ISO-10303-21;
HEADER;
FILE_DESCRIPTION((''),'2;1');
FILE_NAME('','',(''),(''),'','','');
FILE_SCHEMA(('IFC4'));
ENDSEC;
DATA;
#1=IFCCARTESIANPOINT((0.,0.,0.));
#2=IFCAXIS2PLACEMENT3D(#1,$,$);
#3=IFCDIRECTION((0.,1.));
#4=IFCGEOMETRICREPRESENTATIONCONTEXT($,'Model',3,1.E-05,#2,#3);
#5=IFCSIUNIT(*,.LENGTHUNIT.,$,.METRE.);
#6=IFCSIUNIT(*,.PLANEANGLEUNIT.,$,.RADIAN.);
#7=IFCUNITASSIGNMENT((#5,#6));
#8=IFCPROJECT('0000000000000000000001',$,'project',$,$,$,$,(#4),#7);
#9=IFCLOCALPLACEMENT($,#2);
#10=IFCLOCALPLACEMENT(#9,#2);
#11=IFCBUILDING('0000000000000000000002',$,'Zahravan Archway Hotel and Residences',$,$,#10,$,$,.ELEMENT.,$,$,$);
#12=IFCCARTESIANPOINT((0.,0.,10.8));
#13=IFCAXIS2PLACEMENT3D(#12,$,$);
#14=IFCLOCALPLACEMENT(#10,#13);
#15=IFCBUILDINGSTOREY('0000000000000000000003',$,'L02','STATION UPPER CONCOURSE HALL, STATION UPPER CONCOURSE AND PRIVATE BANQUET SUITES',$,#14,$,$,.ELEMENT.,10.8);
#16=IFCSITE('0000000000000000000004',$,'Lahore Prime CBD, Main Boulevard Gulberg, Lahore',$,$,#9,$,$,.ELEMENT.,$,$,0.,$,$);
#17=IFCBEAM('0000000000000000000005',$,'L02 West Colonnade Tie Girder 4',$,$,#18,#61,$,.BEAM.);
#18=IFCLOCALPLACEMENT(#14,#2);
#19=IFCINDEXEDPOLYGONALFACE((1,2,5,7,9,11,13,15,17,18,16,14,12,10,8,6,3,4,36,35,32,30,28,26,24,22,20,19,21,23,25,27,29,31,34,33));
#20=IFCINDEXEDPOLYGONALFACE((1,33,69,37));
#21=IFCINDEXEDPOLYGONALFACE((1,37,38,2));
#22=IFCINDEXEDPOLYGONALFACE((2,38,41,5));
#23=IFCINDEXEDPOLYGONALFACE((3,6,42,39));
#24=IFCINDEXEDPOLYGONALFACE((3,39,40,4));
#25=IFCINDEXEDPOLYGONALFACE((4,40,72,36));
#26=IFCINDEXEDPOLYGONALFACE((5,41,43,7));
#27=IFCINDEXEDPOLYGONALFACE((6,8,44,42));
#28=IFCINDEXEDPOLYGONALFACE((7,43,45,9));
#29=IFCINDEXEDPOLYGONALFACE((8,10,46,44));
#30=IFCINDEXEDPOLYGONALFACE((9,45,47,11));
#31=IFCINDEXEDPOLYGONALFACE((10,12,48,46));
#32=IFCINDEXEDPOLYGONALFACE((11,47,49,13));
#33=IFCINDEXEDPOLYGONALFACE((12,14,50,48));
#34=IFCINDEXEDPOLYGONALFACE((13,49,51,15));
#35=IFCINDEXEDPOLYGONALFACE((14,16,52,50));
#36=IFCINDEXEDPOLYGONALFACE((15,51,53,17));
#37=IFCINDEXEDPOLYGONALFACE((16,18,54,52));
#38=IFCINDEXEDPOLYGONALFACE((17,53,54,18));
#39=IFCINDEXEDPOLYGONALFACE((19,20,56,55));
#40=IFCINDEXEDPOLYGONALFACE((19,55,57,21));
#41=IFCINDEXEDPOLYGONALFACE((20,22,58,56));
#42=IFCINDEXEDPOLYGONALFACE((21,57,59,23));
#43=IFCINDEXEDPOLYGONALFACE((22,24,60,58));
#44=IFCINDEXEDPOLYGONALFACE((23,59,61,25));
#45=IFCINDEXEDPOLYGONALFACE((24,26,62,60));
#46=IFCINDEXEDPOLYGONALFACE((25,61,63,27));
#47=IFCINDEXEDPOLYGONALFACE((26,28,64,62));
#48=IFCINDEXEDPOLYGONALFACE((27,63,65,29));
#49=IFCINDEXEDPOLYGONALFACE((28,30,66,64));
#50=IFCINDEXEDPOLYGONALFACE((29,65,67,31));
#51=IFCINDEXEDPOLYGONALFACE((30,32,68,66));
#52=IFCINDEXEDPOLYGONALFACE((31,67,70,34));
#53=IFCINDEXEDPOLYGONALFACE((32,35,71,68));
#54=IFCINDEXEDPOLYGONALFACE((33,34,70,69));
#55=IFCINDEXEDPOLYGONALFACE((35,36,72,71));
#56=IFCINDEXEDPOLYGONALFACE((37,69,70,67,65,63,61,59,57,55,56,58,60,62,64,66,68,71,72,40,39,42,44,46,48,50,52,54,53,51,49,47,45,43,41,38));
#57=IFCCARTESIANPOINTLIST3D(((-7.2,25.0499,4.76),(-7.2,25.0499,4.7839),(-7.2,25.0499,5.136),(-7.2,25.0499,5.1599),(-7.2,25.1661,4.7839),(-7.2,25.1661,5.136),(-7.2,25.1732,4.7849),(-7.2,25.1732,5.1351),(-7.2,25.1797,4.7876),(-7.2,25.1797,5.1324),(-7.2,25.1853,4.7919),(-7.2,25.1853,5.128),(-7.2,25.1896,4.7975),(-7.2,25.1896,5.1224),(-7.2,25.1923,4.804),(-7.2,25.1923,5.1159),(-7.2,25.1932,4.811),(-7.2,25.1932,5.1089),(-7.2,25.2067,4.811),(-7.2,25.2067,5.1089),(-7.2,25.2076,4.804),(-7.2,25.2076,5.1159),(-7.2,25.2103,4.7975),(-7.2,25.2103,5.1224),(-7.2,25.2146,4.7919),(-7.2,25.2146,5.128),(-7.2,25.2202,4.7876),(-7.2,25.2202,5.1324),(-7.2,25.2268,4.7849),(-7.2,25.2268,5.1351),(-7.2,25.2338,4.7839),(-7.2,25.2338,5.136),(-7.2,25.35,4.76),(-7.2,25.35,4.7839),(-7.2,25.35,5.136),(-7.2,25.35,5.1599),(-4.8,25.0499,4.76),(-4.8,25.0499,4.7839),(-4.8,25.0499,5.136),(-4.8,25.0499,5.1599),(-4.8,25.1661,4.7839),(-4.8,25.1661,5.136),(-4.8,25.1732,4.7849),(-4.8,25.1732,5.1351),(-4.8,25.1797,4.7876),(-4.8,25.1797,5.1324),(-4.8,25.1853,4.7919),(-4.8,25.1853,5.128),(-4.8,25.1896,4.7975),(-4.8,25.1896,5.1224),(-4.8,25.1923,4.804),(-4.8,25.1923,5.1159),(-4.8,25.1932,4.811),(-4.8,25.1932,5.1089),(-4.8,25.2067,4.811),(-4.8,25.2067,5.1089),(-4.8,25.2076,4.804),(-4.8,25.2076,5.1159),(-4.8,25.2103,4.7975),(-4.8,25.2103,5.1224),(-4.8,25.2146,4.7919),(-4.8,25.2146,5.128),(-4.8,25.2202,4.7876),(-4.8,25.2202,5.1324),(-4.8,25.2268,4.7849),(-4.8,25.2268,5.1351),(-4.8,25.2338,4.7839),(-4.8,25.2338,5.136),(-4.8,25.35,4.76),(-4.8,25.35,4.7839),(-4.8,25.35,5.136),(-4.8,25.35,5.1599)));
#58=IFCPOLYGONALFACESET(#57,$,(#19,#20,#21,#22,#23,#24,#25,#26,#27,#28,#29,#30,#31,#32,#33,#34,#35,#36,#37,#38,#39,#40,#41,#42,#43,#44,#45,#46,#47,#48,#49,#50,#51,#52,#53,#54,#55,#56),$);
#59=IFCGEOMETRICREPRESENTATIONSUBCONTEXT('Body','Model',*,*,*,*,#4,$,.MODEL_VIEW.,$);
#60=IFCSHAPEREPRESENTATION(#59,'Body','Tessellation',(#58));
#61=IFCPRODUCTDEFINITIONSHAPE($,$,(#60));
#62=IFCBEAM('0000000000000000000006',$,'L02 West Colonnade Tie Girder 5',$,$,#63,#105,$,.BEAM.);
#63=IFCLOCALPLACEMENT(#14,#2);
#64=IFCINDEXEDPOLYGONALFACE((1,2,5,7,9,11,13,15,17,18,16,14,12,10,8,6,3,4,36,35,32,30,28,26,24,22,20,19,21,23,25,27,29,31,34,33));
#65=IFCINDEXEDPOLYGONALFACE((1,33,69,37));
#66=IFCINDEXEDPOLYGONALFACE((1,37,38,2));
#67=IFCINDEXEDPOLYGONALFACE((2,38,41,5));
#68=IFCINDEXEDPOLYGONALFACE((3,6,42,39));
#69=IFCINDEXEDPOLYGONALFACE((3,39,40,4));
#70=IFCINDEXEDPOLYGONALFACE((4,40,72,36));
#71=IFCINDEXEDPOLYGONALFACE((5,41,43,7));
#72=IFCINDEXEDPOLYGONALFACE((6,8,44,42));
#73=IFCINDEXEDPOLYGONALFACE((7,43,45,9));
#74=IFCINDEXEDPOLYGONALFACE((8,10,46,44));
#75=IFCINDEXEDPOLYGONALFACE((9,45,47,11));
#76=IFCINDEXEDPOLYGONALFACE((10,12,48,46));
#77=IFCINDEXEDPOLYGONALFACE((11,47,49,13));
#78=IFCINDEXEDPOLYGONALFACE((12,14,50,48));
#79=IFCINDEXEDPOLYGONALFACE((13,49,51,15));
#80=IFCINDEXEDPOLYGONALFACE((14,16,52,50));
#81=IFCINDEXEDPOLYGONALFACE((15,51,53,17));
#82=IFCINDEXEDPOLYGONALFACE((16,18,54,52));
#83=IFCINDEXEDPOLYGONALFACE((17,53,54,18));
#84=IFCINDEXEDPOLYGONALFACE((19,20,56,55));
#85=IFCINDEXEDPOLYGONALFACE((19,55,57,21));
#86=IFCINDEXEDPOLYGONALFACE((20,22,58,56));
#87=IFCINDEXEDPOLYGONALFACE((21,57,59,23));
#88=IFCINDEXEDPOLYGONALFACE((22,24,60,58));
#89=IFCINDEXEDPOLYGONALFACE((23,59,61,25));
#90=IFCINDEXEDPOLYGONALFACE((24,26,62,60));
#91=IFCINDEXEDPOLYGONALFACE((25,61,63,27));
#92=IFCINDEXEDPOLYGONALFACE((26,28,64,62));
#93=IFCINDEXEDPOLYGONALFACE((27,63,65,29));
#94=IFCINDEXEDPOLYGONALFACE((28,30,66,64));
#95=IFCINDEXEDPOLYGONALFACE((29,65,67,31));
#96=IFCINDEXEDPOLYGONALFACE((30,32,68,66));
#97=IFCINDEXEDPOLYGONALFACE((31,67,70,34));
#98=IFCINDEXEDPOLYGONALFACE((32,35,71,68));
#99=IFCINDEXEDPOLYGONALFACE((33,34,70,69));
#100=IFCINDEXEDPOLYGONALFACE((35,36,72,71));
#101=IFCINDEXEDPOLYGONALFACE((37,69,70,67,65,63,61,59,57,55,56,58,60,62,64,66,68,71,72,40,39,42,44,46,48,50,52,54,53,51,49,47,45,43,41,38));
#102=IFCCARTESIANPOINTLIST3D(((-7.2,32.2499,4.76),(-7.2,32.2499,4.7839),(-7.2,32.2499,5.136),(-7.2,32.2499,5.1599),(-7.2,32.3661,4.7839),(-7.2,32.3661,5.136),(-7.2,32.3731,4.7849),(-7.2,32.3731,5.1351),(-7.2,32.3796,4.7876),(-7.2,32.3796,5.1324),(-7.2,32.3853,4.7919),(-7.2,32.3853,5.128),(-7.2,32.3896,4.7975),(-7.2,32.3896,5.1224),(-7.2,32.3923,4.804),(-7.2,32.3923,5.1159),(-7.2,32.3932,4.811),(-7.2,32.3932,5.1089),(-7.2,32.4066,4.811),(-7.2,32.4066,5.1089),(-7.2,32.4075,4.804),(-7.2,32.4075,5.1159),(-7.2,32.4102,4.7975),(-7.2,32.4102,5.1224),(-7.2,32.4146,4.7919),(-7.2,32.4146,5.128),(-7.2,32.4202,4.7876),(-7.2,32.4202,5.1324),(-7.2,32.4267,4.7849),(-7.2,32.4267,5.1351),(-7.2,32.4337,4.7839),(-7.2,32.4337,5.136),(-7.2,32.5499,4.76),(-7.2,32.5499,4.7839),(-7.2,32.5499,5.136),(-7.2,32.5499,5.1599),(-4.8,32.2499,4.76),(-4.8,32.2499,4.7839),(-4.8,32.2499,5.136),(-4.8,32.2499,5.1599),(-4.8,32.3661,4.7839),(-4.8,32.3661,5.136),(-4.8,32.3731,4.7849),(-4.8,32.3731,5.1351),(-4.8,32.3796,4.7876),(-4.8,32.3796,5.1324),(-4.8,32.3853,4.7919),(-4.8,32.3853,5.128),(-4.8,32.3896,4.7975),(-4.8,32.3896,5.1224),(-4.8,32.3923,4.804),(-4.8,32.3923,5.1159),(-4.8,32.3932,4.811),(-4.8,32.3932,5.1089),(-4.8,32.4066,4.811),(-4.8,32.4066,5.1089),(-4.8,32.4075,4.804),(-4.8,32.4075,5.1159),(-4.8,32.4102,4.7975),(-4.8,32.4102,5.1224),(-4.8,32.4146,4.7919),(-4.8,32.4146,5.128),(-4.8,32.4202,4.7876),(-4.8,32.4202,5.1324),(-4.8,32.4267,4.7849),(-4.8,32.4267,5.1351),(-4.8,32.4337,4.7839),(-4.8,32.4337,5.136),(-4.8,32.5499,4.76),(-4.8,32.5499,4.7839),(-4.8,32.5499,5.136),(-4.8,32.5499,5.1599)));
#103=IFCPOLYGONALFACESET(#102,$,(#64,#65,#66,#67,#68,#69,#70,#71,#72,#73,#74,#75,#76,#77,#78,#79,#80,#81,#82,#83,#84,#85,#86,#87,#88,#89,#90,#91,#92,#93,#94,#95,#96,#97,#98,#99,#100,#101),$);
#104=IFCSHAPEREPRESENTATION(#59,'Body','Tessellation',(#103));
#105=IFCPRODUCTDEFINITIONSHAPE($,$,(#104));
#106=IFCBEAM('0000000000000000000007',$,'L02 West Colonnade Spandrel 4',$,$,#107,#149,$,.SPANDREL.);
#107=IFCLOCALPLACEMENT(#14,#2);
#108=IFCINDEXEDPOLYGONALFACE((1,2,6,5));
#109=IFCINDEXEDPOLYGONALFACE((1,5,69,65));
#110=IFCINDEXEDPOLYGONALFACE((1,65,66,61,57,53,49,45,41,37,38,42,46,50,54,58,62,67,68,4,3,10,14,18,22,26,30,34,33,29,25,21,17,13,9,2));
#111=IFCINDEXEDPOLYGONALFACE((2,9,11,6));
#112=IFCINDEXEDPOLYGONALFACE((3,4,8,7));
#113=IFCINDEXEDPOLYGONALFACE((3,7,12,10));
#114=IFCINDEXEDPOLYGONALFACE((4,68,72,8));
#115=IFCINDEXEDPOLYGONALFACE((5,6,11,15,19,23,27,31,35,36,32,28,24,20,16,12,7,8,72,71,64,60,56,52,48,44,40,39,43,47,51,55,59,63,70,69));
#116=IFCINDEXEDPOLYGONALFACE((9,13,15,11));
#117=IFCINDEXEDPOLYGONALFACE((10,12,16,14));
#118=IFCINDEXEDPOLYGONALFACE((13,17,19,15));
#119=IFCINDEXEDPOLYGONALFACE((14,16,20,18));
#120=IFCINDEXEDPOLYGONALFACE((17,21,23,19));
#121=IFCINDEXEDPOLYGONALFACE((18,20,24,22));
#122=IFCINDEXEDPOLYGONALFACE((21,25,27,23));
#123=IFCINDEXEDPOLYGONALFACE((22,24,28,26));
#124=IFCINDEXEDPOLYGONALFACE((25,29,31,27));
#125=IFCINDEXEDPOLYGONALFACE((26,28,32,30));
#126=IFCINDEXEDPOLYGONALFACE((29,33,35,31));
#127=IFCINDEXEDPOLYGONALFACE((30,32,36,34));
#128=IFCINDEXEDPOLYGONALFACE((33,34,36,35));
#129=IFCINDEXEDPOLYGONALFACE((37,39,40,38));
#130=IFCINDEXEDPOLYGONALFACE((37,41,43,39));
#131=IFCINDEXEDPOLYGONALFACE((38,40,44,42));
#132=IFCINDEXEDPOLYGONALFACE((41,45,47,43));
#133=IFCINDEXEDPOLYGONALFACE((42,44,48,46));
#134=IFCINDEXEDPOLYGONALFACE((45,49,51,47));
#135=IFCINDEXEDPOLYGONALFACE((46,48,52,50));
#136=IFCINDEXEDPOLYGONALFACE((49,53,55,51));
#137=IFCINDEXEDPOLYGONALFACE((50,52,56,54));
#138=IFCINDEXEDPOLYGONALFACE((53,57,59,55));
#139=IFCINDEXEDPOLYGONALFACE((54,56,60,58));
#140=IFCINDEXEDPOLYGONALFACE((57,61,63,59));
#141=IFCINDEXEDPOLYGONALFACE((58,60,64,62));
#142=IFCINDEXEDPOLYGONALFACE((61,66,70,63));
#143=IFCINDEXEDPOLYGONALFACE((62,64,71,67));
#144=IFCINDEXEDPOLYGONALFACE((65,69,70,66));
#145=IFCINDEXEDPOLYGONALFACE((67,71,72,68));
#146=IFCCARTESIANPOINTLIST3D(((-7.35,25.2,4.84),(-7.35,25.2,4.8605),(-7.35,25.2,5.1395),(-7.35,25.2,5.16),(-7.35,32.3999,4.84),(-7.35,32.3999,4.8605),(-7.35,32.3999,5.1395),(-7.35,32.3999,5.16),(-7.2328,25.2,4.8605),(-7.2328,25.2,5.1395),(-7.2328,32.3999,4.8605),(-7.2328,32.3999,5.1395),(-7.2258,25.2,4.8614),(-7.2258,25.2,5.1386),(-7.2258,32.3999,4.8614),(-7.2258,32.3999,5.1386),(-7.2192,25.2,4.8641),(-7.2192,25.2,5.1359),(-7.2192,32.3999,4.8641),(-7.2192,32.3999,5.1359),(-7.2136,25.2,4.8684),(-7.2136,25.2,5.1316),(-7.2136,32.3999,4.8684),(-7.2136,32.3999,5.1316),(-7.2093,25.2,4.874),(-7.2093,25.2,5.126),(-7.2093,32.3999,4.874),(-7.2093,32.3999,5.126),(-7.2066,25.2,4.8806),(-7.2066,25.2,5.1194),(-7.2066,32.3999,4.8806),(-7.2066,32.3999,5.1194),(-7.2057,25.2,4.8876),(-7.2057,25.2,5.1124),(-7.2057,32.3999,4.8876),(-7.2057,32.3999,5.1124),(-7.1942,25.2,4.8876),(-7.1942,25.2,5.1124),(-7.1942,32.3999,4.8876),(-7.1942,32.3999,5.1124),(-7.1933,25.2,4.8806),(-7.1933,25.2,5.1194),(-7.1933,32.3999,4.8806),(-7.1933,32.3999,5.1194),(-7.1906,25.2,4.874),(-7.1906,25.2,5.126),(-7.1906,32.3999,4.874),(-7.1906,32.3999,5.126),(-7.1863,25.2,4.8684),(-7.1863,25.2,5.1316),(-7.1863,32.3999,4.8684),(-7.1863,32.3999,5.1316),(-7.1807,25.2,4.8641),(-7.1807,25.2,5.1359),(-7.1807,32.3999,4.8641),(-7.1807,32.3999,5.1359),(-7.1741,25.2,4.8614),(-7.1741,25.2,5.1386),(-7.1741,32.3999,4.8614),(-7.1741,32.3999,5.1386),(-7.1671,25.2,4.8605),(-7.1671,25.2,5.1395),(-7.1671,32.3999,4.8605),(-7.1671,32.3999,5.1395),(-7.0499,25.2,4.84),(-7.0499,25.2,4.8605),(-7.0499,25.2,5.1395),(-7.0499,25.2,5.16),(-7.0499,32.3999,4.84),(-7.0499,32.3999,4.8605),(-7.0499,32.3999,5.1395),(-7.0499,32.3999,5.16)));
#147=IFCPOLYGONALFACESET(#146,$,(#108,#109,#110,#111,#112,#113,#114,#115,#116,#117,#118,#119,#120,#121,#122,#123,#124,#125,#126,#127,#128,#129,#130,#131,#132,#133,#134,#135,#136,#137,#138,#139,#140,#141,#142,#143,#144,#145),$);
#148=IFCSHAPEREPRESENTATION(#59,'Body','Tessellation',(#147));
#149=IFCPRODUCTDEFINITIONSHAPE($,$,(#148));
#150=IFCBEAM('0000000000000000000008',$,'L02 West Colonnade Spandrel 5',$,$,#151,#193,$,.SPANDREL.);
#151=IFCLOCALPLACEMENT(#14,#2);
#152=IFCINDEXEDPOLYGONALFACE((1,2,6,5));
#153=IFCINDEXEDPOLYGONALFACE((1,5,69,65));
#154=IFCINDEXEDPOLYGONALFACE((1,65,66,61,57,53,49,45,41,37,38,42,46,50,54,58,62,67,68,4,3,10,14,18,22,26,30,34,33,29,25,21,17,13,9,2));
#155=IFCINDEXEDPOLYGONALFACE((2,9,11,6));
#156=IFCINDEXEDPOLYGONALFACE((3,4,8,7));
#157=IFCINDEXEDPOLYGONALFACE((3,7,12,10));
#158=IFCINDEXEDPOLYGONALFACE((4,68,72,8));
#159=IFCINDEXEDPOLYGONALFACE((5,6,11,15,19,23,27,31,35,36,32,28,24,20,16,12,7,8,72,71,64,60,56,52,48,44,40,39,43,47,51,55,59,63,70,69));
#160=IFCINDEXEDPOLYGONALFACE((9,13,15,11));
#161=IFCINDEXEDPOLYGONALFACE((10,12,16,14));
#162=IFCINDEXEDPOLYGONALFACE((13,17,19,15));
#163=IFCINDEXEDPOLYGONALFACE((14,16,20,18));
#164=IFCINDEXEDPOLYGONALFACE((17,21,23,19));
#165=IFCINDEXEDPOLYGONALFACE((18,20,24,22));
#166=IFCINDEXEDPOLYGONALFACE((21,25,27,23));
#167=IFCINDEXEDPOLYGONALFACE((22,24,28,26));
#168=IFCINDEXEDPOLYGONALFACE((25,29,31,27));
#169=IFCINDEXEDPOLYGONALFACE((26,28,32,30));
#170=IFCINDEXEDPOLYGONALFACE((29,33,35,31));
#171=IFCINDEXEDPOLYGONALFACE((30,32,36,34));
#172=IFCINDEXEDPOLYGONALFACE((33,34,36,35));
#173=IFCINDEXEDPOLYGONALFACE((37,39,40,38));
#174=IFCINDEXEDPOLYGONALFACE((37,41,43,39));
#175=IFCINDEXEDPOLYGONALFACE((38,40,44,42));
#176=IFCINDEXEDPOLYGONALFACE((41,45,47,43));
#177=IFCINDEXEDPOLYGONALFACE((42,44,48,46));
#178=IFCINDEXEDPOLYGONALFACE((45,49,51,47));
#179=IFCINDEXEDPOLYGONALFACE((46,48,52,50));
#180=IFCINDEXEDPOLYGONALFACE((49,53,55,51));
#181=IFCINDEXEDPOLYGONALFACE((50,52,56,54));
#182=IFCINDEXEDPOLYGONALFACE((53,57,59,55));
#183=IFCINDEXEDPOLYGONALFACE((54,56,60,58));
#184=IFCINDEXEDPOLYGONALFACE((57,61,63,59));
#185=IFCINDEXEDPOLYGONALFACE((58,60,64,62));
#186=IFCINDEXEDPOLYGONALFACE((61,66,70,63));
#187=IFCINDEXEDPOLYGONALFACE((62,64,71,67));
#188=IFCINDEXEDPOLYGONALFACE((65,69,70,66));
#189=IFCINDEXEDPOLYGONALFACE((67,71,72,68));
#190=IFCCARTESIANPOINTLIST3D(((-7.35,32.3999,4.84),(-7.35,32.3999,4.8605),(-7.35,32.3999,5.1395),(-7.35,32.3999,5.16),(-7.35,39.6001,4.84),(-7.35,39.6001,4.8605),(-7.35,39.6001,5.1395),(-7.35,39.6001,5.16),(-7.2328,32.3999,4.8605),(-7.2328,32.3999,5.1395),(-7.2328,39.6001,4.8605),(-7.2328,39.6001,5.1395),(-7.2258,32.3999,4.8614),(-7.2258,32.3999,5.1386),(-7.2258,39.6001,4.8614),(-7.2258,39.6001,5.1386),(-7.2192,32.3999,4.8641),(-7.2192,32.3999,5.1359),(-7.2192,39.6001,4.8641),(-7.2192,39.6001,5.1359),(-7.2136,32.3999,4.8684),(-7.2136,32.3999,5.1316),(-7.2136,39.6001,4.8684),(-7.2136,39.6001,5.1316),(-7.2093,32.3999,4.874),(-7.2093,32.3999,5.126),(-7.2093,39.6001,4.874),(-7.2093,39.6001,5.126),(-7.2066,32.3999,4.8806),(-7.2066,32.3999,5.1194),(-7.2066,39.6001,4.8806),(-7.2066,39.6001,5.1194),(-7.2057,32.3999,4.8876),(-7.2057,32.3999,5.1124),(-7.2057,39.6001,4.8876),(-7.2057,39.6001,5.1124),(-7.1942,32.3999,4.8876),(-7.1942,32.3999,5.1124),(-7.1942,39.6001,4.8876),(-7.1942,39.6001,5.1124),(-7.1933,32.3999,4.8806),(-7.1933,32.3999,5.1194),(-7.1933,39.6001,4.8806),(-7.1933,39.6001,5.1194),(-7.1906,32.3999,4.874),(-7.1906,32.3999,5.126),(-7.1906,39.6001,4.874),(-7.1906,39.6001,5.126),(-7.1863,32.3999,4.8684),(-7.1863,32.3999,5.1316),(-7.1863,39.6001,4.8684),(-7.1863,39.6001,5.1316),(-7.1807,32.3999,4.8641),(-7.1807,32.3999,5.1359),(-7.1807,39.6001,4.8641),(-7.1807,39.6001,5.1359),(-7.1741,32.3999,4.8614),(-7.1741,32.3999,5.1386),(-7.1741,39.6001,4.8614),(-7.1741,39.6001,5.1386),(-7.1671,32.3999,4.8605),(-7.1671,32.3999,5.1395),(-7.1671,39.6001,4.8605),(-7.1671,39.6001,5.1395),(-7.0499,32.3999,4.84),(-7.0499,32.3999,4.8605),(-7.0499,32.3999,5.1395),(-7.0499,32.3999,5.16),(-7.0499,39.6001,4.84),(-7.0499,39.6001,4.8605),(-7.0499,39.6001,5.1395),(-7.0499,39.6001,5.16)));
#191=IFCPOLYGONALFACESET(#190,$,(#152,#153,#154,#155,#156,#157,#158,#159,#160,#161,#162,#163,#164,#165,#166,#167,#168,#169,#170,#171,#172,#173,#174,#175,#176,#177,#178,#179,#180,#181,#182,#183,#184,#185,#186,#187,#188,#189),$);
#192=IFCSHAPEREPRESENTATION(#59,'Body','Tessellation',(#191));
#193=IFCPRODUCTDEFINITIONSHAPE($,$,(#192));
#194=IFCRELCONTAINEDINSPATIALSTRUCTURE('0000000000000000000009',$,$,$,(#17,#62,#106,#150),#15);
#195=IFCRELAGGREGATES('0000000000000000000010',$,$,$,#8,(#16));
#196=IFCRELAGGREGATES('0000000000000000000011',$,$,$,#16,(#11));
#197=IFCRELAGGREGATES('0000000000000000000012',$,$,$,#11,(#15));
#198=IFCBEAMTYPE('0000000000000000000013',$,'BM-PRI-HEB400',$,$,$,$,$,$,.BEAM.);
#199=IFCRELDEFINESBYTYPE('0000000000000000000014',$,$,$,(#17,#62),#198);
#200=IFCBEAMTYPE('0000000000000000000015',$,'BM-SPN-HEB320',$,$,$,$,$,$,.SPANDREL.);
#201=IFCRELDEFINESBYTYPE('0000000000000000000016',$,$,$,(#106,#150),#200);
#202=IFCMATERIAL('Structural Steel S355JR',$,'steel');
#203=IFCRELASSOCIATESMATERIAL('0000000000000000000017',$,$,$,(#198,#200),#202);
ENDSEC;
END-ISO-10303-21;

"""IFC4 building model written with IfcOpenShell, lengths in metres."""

from ifc_helpers import new_model, si_unit, direction, frame, origin, origin_2d, place, context, subcontext, project, spatial, i_section, extrude, source, transform, mapped, material, material_profile, profile_set, type_object, type_shapes, element, save


model = new_model("IFC4")

# Units and contexts
model_context = context("Model", 3, precision=1e-05, world=origin(), true_north=direction((0.0, 1.0)))
body_context = subcontext(model_context, "Body", "Model", "MODEL_VIEW")
ifc_project = project(units=[si_unit("LENGTHUNIT", "METRE"), si_unit("PLANEANGLEUNIT", "RADIAN")], contexts=[model_context])

# Site, building, storey
site_placement = place(None, origin())
site = spatial("IfcSite", under=ifc_project, at=site_placement, Name="Lahore Prime CBD, Main Boulevard Gulberg, Lahore", CompositionType="ELEMENT", RefElevation=0.0)
building_placement = place(site_placement, origin())
building = spatial("IfcBuilding", under=site, at=building_placement, Name="Zahravan Archway Hotel and Residences", CompositionType="ELEMENT")
storey_placement = place(building_placement, frame((0.0, 0.0, 10.8)))
storey = spatial("IfcBuildingStorey", under=building, at=storey_placement, Name="L02", Description="STATION UPPER CONCOURSE HALL, STATION UPPER CONCOURSE AND PRIVATE BANQUET SUITES", CompositionType="ELEMENT", Elevation=10.8)

# Beams
ifc_material_1 = material(Name="Structural Steel S355JR", Category="steel")
ifc_material_profile_1 = material_profile(ifc_material_1, i_section(OverallWidth=0.3, OverallDepth=0.3999, WebThickness=0.0134, FlangeThickness=0.0239, FilletRadius=0.0271, at=origin_2d()), Name="HEB 400", Category="steel")
ifc_profile_set_1 = profile_set([ifc_material_profile_1], Name="Structural Steel S355JR")
beam_type_1 = type_object("IfcBeamType", Name="BM-PRI-HEB400", PredefinedType="BEAM", material=ifc_profile_set_1)
shared_shape_1 = source(origin(), body_context, "Body", "SweptSolid", [
    extrude(i_section(OverallWidth=0.3, OverallDepth=0.3999, WebThickness=0.0134, FlangeThickness=0.0239, FilletRadius=0.0271, at=origin_2d()), origin(), (0.0, 0.0, 1.0), 2.3999),
])
for number, where, z_axis, x_axis, name in (
    (1, (-7.2, 25.2, 4.96), (1.0, 0.0, 0.0), (0.0, 1.0, 0.0), "L02 West Colonnade Tie Girder 4"),
    (2, (-7.2, 32.3999, 4.96), (1.0, 0.0, 0.0), (0.0, 1.0, 0.0), "L02 West Colonnade Tie Girder 5"),
):
    element("IfcBeam", number, at=place(storey_placement, frame(where, z_axis=z_axis, x_axis=x_axis)), inside=storey, type_object=beam_type_1, Name=name, PredefinedType="BEAM", context=body_context, shape_type="MappedRepresentation", body=[
        mapped(shared_shape_1, transform((0.0, 0.0, 0.0), scale=1.0)),
    ])
ifc_material_profile_2 = material_profile(ifc_material_1, i_section(OverallWidth=0.3, OverallDepth=0.3201, WebThickness=0.0115, FlangeThickness=0.0205, FilletRadius=0.0271, at=origin_2d()), Name="HEB 320", Category="steel")
ifc_profile_set_2 = profile_set([ifc_material_profile_2], Name="Structural Steel S355JR")
beam_type_2 = type_object("IfcBeamType", Name="BM-SPN-HEB320", PredefinedType="SPANDREL", material=ifc_profile_set_2)
shared_shape_2 = source(origin(), body_context, "Body", "SweptSolid", [
    extrude(i_section(OverallWidth=0.3, OverallDepth=0.3201, WebThickness=0.0115, FlangeThickness=0.0205, FilletRadius=0.0271, at=origin_2d()), origin(), (0.0, 0.0, 1.0), 7.2),
])
type_shapes(beam_type_2, [shared_shape_2])
beam_1_placement = place(storey_placement, frame((-7.2, 25.2, 5.0), z_axis=(0.0, 1.0, 0.0), x_axis=(-1.0, 0.0, 0.0)))
element("IfcBeam", 3, at=beam_1_placement, inside=storey, type_object=beam_type_2, Name="L02 West Colonnade Spandrel 4", PredefinedType="SPANDREL", context=body_context, shape_type="MappedRepresentation", body=[
    mapped(shared_shape_2, transform((0.0, 0.0, 0.0), scale=1.0)),
])
shared_shape_3 = source(origin(), body_context, "Body", "SweptSolid", [
    extrude(i_section(OverallWidth=0.3, OverallDepth=0.3201, WebThickness=0.0115, FlangeThickness=0.0205, FilletRadius=0.0271, at=origin_2d()), origin(), (0.0, 0.0, 1.0), 7.2002),
])
beam_2_placement = place(storey_placement, frame((-7.2, 32.3999, 5.0), z_axis=(0.0, 1.0, 0.0), x_axis=(-1.0, 0.0, 0.0)))
element("IfcBeam", 4, at=beam_2_placement, inside=storey, type_object=beam_type_2, Name="L02 West Colonnade Spandrel 5", PredefinedType="SPANDREL", context=body_context, shape_type="MappedRepresentation", body=[
    mapped(shared_shape_3, transform((0.0, 0.0, 0.0), scale=1.0)),
])

save(model, "model.ifc")
